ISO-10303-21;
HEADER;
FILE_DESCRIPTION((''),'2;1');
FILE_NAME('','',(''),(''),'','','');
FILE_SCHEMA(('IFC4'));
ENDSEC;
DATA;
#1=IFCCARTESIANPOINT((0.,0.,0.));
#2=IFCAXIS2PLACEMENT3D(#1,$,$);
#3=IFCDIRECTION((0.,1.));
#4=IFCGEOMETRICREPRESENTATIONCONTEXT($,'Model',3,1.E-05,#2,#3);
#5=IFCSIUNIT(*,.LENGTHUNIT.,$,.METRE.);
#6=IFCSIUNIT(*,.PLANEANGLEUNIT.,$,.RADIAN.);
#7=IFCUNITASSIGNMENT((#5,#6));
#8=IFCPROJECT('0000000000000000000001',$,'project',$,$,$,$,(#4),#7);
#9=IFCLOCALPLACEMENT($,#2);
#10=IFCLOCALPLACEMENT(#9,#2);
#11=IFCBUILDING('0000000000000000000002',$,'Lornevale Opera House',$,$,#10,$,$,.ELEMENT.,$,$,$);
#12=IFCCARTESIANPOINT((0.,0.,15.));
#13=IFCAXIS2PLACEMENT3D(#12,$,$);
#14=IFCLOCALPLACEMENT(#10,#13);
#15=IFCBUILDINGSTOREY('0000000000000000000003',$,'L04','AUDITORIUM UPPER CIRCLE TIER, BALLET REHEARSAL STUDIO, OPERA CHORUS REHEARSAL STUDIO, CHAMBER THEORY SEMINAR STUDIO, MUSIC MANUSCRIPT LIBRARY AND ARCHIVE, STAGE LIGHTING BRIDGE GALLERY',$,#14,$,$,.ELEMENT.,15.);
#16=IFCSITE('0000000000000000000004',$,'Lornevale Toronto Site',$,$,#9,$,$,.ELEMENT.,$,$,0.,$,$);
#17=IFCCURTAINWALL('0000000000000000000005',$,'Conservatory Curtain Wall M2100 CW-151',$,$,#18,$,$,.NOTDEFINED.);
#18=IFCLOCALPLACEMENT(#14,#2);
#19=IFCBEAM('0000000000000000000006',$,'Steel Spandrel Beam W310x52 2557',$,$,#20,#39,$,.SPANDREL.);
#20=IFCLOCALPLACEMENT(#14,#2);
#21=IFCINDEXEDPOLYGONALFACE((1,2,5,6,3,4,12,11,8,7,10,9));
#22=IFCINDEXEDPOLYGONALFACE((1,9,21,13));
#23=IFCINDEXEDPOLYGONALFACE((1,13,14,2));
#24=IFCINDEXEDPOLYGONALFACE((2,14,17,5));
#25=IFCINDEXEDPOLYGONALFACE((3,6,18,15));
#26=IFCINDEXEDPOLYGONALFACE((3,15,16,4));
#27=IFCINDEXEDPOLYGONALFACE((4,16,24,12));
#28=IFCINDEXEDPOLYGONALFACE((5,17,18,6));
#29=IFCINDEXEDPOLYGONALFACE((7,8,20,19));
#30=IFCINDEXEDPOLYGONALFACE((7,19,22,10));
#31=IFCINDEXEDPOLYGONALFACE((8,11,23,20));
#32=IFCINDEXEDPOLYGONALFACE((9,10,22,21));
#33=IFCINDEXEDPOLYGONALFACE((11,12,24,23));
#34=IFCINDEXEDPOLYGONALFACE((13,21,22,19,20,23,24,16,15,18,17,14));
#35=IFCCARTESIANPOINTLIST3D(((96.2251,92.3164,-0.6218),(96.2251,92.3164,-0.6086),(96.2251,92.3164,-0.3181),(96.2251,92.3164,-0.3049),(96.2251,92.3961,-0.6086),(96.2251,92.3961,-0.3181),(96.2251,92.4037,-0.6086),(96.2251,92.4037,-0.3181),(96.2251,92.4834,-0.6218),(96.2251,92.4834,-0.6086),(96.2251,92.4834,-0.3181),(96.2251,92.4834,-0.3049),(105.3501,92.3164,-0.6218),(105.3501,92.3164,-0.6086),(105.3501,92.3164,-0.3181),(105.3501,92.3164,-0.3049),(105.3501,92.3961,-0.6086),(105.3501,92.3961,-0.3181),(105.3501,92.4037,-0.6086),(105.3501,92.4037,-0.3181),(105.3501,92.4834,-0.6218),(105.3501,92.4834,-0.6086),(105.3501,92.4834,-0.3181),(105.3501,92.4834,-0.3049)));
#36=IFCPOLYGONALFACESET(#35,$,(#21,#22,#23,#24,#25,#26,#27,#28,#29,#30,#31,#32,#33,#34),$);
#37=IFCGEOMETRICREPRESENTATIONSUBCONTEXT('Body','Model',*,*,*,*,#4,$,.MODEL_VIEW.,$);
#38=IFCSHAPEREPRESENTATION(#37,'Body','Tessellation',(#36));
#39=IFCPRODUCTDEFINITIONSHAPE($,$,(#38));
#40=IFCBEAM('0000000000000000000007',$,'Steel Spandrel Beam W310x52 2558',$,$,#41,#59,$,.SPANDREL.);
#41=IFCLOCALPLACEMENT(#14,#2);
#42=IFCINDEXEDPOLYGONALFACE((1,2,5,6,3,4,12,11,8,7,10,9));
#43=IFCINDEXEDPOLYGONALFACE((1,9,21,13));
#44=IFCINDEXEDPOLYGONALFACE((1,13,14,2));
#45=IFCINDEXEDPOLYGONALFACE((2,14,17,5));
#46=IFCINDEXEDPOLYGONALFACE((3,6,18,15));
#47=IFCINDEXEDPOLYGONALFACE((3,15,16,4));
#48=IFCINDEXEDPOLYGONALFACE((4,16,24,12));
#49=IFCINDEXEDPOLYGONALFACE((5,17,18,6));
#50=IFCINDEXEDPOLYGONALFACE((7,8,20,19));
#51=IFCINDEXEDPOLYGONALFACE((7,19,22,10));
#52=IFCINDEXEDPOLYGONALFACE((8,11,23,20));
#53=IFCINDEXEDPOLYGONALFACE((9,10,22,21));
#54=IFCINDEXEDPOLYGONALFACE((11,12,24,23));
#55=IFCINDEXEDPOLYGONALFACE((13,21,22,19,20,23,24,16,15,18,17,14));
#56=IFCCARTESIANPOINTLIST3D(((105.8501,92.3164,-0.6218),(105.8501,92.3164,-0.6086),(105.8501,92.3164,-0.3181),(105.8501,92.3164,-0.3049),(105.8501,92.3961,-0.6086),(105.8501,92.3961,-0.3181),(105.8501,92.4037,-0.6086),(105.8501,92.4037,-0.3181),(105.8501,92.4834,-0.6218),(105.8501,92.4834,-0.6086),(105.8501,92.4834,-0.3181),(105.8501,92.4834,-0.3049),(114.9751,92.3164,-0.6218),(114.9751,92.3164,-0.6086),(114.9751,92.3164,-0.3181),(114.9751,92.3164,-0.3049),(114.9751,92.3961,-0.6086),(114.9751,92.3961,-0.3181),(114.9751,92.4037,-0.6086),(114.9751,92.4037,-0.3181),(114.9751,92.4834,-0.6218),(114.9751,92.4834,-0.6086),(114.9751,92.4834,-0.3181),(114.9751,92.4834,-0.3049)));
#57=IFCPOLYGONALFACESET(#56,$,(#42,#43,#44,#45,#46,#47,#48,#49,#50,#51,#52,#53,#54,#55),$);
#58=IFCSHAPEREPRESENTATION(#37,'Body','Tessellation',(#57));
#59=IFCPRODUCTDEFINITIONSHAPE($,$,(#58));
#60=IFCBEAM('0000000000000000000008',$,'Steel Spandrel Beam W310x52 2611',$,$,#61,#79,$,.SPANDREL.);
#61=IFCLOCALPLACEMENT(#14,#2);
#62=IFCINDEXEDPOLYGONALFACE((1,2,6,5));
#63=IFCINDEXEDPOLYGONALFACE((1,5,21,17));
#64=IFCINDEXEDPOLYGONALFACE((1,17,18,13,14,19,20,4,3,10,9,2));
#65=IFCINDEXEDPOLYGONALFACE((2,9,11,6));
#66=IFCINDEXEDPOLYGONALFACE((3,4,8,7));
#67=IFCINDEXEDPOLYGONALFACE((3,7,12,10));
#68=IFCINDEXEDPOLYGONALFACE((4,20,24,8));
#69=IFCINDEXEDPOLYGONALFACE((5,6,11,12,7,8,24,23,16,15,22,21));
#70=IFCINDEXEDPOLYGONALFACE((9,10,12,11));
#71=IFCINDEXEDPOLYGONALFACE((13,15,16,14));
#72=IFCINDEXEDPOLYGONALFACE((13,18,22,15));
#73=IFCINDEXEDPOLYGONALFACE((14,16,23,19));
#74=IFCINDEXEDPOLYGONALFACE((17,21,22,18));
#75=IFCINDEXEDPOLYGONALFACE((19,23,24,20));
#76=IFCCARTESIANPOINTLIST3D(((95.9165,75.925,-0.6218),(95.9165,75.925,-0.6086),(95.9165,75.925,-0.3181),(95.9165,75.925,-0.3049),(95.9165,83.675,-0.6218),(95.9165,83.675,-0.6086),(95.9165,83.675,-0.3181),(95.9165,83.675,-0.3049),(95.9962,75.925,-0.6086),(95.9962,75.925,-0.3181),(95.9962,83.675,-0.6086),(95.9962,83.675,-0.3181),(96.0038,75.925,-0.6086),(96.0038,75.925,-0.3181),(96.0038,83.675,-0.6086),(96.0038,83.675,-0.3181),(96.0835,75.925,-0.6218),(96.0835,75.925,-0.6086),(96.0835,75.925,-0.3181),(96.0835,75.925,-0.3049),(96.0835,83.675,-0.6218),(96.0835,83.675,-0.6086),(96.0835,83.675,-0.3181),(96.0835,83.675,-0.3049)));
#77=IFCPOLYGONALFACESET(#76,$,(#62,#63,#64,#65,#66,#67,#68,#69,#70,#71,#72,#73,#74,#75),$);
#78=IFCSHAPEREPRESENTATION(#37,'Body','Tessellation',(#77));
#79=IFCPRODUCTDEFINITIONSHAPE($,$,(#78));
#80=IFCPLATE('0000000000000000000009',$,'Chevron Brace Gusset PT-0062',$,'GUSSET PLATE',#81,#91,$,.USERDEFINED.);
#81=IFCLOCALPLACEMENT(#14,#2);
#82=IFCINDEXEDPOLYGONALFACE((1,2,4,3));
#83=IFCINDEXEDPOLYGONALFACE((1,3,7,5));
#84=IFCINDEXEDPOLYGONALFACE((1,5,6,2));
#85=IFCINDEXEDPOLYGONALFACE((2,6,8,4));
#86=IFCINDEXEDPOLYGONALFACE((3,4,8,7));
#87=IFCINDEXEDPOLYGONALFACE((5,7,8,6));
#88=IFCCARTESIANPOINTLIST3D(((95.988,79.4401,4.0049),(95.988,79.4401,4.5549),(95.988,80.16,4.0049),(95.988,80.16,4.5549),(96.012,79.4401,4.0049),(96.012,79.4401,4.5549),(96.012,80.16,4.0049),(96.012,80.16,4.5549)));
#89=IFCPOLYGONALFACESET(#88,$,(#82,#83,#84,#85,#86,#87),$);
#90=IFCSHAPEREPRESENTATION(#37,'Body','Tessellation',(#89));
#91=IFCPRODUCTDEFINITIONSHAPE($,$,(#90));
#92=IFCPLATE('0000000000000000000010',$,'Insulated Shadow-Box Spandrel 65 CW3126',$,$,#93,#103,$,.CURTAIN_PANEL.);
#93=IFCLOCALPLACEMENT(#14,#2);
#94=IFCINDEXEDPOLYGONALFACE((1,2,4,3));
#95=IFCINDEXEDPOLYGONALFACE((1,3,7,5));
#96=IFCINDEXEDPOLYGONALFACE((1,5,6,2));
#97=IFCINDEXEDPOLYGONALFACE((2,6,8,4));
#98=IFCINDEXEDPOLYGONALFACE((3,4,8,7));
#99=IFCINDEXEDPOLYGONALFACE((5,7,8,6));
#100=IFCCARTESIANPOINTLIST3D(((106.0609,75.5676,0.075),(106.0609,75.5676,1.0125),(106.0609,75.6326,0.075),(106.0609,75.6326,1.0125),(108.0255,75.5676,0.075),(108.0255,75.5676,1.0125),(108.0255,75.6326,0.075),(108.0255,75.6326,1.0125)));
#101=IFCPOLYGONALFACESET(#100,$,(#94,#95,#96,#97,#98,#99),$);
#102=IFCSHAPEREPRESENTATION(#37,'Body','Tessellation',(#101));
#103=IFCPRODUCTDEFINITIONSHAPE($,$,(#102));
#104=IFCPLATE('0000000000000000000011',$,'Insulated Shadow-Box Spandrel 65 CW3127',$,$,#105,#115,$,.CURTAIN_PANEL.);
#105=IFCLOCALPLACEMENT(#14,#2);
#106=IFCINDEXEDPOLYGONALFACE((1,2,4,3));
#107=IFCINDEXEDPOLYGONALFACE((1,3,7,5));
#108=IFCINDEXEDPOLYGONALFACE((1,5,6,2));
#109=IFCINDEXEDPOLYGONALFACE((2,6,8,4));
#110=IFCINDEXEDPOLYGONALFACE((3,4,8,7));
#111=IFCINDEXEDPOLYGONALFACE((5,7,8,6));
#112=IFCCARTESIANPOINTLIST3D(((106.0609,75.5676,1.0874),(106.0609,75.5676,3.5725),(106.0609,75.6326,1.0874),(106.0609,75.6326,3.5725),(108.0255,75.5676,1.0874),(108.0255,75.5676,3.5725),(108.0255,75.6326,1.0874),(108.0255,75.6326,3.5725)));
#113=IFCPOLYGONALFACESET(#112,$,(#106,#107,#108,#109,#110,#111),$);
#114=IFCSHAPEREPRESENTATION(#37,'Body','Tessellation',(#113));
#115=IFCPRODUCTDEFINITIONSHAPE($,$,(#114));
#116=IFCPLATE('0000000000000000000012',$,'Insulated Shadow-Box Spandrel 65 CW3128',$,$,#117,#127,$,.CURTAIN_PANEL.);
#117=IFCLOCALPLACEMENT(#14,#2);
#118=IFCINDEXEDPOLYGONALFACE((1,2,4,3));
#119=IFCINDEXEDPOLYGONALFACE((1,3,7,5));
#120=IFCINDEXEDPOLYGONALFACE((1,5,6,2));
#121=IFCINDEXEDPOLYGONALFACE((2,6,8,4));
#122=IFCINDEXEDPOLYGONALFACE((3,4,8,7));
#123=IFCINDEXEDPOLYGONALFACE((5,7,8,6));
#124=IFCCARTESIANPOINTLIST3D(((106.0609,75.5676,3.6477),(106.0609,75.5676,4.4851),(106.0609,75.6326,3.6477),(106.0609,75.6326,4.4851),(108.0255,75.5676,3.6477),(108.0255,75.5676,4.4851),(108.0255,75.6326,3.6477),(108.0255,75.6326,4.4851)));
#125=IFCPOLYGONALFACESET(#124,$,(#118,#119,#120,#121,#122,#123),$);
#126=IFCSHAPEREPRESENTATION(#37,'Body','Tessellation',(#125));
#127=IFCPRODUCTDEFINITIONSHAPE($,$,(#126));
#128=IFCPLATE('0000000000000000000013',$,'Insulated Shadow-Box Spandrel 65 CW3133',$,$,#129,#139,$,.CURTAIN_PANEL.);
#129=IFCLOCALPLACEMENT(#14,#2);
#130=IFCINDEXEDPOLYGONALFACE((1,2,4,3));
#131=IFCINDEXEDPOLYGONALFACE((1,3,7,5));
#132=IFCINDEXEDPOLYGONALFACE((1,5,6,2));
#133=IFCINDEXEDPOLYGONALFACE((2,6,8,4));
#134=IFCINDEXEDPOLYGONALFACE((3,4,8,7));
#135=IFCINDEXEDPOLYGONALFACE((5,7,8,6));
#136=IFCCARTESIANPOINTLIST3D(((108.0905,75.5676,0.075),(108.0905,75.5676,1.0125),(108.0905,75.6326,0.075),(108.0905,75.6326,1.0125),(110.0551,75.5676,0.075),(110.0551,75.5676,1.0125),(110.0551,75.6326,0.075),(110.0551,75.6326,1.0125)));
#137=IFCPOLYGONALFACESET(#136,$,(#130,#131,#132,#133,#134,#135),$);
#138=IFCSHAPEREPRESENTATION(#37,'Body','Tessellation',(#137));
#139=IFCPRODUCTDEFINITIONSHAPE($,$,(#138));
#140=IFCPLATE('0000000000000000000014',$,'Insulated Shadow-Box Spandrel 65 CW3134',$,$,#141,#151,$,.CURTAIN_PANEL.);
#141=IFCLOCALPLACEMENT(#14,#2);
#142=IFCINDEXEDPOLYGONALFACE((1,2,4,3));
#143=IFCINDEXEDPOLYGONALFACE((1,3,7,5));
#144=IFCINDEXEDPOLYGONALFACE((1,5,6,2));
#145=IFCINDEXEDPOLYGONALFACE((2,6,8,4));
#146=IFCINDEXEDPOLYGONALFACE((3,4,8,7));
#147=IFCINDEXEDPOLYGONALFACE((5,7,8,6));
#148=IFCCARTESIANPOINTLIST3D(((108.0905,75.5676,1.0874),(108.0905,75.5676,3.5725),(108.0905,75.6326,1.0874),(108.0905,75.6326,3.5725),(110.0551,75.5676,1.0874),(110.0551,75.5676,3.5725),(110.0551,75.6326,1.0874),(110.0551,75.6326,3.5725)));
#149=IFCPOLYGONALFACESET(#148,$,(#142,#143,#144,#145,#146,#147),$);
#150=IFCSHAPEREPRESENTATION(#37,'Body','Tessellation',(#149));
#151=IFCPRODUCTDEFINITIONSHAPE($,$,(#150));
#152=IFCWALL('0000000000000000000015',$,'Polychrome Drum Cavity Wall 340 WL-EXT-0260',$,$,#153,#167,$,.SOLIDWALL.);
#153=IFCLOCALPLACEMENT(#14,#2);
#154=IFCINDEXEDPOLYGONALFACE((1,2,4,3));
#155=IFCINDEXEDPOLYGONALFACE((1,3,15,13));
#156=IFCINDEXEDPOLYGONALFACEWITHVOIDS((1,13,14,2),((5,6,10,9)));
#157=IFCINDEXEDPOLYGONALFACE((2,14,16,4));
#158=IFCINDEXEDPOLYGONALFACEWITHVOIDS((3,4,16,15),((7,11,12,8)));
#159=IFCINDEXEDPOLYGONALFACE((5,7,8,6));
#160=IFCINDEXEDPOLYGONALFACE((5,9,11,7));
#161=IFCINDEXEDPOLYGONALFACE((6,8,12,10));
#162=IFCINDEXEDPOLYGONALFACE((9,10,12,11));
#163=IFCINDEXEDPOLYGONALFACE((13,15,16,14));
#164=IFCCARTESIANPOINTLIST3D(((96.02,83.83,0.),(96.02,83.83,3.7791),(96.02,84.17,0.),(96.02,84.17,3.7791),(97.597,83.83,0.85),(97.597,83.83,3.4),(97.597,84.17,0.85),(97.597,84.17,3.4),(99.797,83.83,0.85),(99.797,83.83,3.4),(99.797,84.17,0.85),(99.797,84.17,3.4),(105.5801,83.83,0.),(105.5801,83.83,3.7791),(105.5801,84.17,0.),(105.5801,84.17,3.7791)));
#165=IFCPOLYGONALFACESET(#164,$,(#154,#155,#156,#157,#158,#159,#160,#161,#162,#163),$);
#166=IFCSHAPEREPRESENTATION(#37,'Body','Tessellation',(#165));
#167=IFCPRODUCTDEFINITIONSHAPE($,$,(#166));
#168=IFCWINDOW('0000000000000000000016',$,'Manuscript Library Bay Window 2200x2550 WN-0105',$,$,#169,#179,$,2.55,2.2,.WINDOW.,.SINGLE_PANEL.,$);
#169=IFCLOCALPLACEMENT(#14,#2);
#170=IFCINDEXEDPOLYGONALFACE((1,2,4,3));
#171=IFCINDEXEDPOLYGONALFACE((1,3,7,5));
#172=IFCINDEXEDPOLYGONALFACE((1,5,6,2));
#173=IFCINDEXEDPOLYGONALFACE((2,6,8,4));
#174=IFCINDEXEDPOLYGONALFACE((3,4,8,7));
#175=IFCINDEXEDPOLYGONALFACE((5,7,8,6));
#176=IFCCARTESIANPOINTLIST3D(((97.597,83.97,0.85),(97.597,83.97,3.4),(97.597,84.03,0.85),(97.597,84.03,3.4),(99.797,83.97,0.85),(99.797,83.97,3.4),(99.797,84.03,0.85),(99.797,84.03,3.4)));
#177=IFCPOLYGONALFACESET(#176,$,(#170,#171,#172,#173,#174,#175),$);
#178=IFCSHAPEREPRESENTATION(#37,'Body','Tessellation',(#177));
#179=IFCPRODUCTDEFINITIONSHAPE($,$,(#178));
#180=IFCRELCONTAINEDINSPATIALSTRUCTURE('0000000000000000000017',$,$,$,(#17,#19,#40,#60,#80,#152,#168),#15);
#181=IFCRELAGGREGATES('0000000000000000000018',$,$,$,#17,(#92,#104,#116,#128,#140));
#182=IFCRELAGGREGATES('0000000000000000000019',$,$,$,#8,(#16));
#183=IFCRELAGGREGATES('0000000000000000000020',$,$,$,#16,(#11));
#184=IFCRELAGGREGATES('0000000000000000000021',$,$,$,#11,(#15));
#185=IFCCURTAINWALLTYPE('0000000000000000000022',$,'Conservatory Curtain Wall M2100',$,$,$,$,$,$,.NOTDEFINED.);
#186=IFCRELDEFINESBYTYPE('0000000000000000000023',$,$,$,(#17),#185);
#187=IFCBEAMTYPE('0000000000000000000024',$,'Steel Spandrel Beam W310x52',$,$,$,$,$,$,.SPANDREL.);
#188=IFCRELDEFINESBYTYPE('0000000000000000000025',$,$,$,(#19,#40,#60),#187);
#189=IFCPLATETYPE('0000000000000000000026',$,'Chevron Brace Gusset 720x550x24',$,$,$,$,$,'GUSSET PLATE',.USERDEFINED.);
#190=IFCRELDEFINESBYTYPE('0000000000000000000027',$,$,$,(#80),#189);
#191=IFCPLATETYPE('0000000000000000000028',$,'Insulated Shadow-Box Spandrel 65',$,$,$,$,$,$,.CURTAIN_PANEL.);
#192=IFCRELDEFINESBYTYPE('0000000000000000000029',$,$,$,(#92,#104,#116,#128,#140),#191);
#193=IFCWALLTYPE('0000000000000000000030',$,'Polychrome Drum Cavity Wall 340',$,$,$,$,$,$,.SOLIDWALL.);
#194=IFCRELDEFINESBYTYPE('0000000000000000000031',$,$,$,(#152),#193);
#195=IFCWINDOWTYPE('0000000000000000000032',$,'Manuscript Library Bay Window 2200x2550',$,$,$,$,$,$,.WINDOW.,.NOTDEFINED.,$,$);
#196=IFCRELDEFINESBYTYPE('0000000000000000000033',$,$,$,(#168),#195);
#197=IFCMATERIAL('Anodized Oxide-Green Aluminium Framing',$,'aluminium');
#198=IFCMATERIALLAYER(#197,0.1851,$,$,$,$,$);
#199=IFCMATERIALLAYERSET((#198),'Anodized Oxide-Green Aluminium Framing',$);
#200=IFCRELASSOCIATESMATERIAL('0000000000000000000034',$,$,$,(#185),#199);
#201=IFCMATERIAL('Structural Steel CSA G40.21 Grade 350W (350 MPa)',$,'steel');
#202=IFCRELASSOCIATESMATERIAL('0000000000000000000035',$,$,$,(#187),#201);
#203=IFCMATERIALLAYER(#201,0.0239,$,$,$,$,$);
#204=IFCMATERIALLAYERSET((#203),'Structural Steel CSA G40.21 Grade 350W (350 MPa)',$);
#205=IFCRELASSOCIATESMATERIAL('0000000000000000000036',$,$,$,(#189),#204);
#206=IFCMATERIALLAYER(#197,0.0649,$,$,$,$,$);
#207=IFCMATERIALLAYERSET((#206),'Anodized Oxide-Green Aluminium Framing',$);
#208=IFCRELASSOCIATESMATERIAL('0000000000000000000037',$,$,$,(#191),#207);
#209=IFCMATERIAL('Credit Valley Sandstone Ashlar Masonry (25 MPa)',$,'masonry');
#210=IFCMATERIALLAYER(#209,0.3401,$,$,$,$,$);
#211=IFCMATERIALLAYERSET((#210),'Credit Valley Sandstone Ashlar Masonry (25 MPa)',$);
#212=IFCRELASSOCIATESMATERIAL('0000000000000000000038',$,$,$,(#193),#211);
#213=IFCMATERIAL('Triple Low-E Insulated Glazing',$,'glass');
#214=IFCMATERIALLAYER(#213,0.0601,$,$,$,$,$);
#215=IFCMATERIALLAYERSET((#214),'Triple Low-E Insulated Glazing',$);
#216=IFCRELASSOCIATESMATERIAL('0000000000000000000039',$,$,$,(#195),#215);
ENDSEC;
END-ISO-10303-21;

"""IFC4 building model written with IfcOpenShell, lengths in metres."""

from ifc_helpers import new_model, si_unit, direction, frame, frame_2d, origin, origin_2d, place, context, subcontext, project, spatial, rectangle, i_section, extrude, material, layer, layer_set, material_profile, profile_set, type_object, element, fill, aggregate, save


model = new_model("IFC4")

# Units and contexts
model_context = context("Model", 3, precision=1e-05, world=origin(), true_north=direction((0.0, 1.0)))
body_context = subcontext(model_context, "Body", "Model", "MODEL_VIEW")
ifc_project = project(units=[si_unit("LENGTHUNIT", "METRE"), si_unit("PLANEANGLEUNIT", "RADIAN")], contexts=[model_context])

# Site, building, storey
site_placement = place(None, origin())
site = spatial("IfcSite", under=ifc_project, at=site_placement, Name="Lornevale Toronto Site", CompositionType="ELEMENT", RefElevation=0.0)
building_placement = place(site_placement, origin())
building = spatial("IfcBuilding", under=site, at=building_placement, Name="Lornevale Opera House", CompositionType="ELEMENT")
storey_placement = place(building_placement, frame((0.0, 0.0, 15.0)))
storey = spatial("IfcBuildingStorey", under=building, at=storey_placement, Name="L04", Description="AUDITORIUM UPPER CIRCLE TIER, BALLET REHEARSAL STUDIO, OPERA CHORUS REHEARSAL STUDIO, CHAMBER THEORY SEMINAR STUDIO, MUSIC MANUSCRIPT LIBRARY AND ARCHIVE, STAGE LIGHTING BRIDGE GALLERY", CompositionType="ELEMENT", Elevation=15.0)

# Shared definitions
ifc_material_1 = material(Name="Structural Steel CSA G40.21 Grade 350W (350 MPa)", Category="steel")

# Curtain wall
ifc_material_2 = material(Name="Anodized Oxide-Green Aluminium Framing", Category="aluminium")
ifc_layer_1 = layer(ifc_material_2, 0.1851)
ifc_layer_set_1 = layer_set([ifc_layer_1], Name="Anodized Oxide-Green Aluminium Framing")
curtain_wall_type = type_object("IfcCurtainWallType", Name="Conservatory Curtain Wall M2100", PredefinedType="NOTDEFINED", material=ifc_layer_set_1)
curtain_wall_placement = place(storey_placement, origin())
curtain_wall = element("IfcCurtainWall", 1, at=curtain_wall_placement, inside=storey, type_object=curtain_wall_type, Name="Conservatory Curtain Wall M2100 CW-151", PredefinedType="NOTDEFINED")

# Beams
ifc_material_profile_1 = material_profile(ifc_material_1, i_section(OverallWidth=0.167, OverallDepth=0.3169, WebThickness=0.0076, FlangeThickness=0.0132, at=origin_2d()), Name="W310x52")
ifc_profile_set_1 = profile_set([ifc_material_profile_1], Name="Structural Steel CSA G40.21 Grade 350W (350 MPa)")
beam_type_1 = type_object("IfcBeamType", Name="Steel Spandrel Beam W310x52", PredefinedType="SPANDREL", material=ifc_profile_set_1)
for number, where, z_axis, x_axis, name in (
    (2, (96.2251, 92.3999, -0.4634), (1.0, 0.0, 0.0), (0.0, 1.0, 0.0), "Steel Spandrel Beam W310x52 2557"),
    (3, (105.8501, 92.3999, -0.4634), (1.0, 0.0, 0.0), (0.0, 1.0, 0.0), "Steel Spandrel Beam W310x52 2558"),
):
    element("IfcBeam", number, at=place(storey_placement, frame(where, z_axis=z_axis, x_axis=x_axis)), inside=storey, type_object=beam_type_1, Name=name, PredefinedType="SPANDREL", context=body_context, shape_type="SweptSolid", body=[
        extrude(i_section(OverallWidth=0.167, OverallDepth=0.3169, WebThickness=0.0076, FlangeThickness=0.0132, at=origin_2d()), origin(), (0.0, 0.0, 1.0), 9.125),
    ])
beam_1_placement = place(storey_placement, frame((96.0, 75.925, -0.4634), z_axis=(0.0, 1.0, 0.0), x_axis=(-1.0, 0.0, 0.0)))
element("IfcBeam", 4, at=beam_1_placement, inside=storey, type_object=beam_type_1, Name="Steel Spandrel Beam W310x52 2611", PredefinedType="SPANDREL", context=body_context, shape_type="SweptSolid", body=[
    extrude(i_section(OverallWidth=0.167, OverallDepth=0.3169, WebThickness=0.0076, FlangeThickness=0.0132, at=origin_2d()), origin(), (0.0, 0.0, 1.0), 7.75),
])

# Plates
ifc_layer_2 = layer(ifc_material_1, 0.0239)
ifc_layer_set_2 = layer_set([ifc_layer_2], Name="Structural Steel CSA G40.21 Grade 350W (350 MPa)")
plate_type_1 = type_object("IfcPlateType", Name="Chevron Brace Gusset 720x550x24", ElementType="GUSSET PLATE", PredefinedType="USERDEFINED", material=ifc_layer_set_2)
plate_1_placement = place(storey_placement, frame((96.0, 79.8, 4.0049), z_axis=(0.0, 0.0, 1.0), x_axis=(0.0, 1.0, 0.0)))
element("IfcPlate", 5, at=plate_1_placement, inside=storey, type_object=plate_type_1, Name="Chevron Brace Gusset PT-0062", ObjectType="GUSSET PLATE", PredefinedType="USERDEFINED", context=body_context, shape_type="SweptSolid", body=[
    extrude(rectangle(XDim=0.72, YDim=0.0239, at=origin_2d()), origin(), (0.0, 0.0, 1.0), 0.55),
])
ifc_layer_3 = layer(ifc_material_2, 0.0649)
ifc_layer_set_3 = layer_set([ifc_layer_3], Name="Anodized Oxide-Green Aluminium Framing")
plate_type_2 = type_object("IfcPlateType", Name="Insulated Shadow-Box Spandrel 65", PredefinedType="CURTAIN_PANEL", material=ifc_layer_set_3)
plate_2_placement = place(storey_placement, frame((107.0432, 75.6001, 0.075), z_axis=(0.0, 0.0, 1.0), x_axis=(1.0, 0.0, 0.0)))
plate_2 = element("IfcPlate", 6, at=plate_2_placement, type_object=plate_type_2, Name="Insulated Shadow-Box Spandrel 65 CW3126", PredefinedType="CURTAIN_PANEL", context=body_context, shape_type="SweptSolid", body=[
    extrude(rectangle(XDim=1.9646, YDim=0.0649, at=origin_2d()), origin(), (0.0, 0.0, 1.0), 0.9375),
])
plate_3_placement = place(storey_placement, frame((107.0432, 75.6001, 1.0874), z_axis=(0.0, 0.0, 1.0), x_axis=(1.0, 0.0, 0.0)))
plate_3 = element("IfcPlate", 7, at=plate_3_placement, type_object=plate_type_2, Name="Insulated Shadow-Box Spandrel 65 CW3127", PredefinedType="CURTAIN_PANEL", context=body_context, shape_type="SweptSolid", body=[
    extrude(rectangle(XDim=1.9646, YDim=0.0649, at=origin_2d()), origin(), (0.0, 0.0, 1.0), 2.4851),
])
plate_4_placement = place(storey_placement, frame((107.0432, 75.6001, 3.6477), z_axis=(0.0, 0.0, 1.0), x_axis=(1.0, 0.0, 0.0)))
plate_4 = element("IfcPlate", 8, at=plate_4_placement, type_object=plate_type_2, Name="Insulated Shadow-Box Spandrel 65 CW3128", PredefinedType="CURTAIN_PANEL", context=body_context, shape_type="SweptSolid", body=[
    extrude(rectangle(XDim=1.9646, YDim=0.0649, at=origin_2d()), origin(), (0.0, 0.0, 1.0), 0.8374),
])
plate_5_placement = place(storey_placement, frame((109.0728, 75.6001, 0.075), z_axis=(0.0, 0.0, 1.0), x_axis=(1.0, 0.0, 0.0)))
plate_5 = element("IfcPlate", 9, at=plate_5_placement, type_object=plate_type_2, Name="Insulated Shadow-Box Spandrel 65 CW3133", PredefinedType="CURTAIN_PANEL", context=body_context, shape_type="SweptSolid", body=[
    extrude(rectangle(XDim=1.9646, YDim=0.0649, at=origin_2d()), origin(), (0.0, 0.0, 1.0), 0.9375),
])
plate_6_placement = place(storey_placement, frame((109.0728, 75.6001, 1.0874), z_axis=(0.0, 0.0, 1.0), x_axis=(1.0, 0.0, 0.0)))
plate_6 = element("IfcPlate", 10, at=plate_6_placement, type_object=plate_type_2, Name="Insulated Shadow-Box Spandrel 65 CW3134", PredefinedType="CURTAIN_PANEL", context=body_context, shape_type="SweptSolid", body=[
    extrude(rectangle(XDim=1.9646, YDim=0.0649, at=origin_2d()), origin(), (0.0, 0.0, 1.0), 2.4851),
])
aggregate(curtain_wall, [plate_2, plate_3, plate_4, plate_5, plate_6])

# Wall, opening, window
ifc_material_3 = material(Name="Credit Valley Sandstone Ashlar Masonry (25 MPa)", Category="masonry")
ifc_layer_4 = layer(ifc_material_3, 0.3401)
ifc_layer_set_4 = layer_set([ifc_layer_4], Name="Credit Valley Sandstone Ashlar Masonry (25 MPa)")
wall_type_1 = type_object("IfcWallType", Name="Polychrome Drum Cavity Wall 340", PredefinedType="SOLIDWALL", material=ifc_layer_set_4)
wall_1_placement = place(storey_placement, frame((96.02, 84.0, 0.0), z_axis=(0.0, 0.0, 1.0), x_axis=(1.0, 0.0, 0.0)))
wall_1 = element("IfcWall", 11, at=wall_1_placement, inside=storey, type_object=wall_type_1, Name="Polychrome Drum Cavity Wall 340 WL-EXT-0260", PredefinedType="SOLIDWALL", context=body_context, shape_type="SweptSolid", body=[
    extrude(rectangle(XDim=9.5601, YDim=0.3401, at=frame_2d((4.78, 0.0))), origin(), (0.0, 0.0, 1.0), 3.7791),
])
opening_1_placement = place(wall_1_placement, frame((1.5769, 0.0, 0.8501)))
opening_1 = element("IfcOpeningElement", 12, at=opening_1_placement, cuts=wall_1, PredefinedType="OPENING", context=body_context, shape_type="SweptSolid", body=[
    extrude(rectangle(XDim=2.2, YDim=2.55, at=frame_2d((1.1001, 1.2749))), frame((0.0, 0.1799, 0.0), z_axis=(0.0, -1.0, 0.0), x_axis=(1.0, 0.0, 0.0)), (0.0, 0.0, 1.0), 0.3601),
])
ifc_material_4 = material(Name="Triple Low-E Insulated Glazing", Category="glass")
ifc_layer_5 = layer(ifc_material_4, 0.0601)
ifc_layer_set_5 = layer_set([ifc_layer_5], Name="Triple Low-E Insulated Glazing")
window_type = type_object("IfcWindowType", Name="Manuscript Library Bay Window 2200x2550", PartitioningType="NOTDEFINED", PredefinedType="WINDOW", material=ifc_layer_set_5)
window_1_placement = place(opening_1_placement, origin())
window_1 = element("IfcWindow", 13, at=window_1_placement, inside=storey, type_object=window_type, Name="Manuscript Library Bay Window 2200x2550 WN-0105", OverallHeight=2.55, OverallWidth=2.2, PartitioningType="SINGLE_PANEL", PredefinedType="WINDOW", context=body_context, shape_type="SweptSolid", body=[
    extrude(rectangle(XDim=2.2, YDim=2.55, at=frame_2d((1.1001, 1.2749))), frame((0.0, 0.03, 0.0), z_axis=(0.0, -1.0, 0.0), x_axis=(1.0, 0.0, 0.0)), (0.0, 0.0, 1.0), 0.0601),
])
fill(opening_1, window_1)

save(model, "model.ifc")
